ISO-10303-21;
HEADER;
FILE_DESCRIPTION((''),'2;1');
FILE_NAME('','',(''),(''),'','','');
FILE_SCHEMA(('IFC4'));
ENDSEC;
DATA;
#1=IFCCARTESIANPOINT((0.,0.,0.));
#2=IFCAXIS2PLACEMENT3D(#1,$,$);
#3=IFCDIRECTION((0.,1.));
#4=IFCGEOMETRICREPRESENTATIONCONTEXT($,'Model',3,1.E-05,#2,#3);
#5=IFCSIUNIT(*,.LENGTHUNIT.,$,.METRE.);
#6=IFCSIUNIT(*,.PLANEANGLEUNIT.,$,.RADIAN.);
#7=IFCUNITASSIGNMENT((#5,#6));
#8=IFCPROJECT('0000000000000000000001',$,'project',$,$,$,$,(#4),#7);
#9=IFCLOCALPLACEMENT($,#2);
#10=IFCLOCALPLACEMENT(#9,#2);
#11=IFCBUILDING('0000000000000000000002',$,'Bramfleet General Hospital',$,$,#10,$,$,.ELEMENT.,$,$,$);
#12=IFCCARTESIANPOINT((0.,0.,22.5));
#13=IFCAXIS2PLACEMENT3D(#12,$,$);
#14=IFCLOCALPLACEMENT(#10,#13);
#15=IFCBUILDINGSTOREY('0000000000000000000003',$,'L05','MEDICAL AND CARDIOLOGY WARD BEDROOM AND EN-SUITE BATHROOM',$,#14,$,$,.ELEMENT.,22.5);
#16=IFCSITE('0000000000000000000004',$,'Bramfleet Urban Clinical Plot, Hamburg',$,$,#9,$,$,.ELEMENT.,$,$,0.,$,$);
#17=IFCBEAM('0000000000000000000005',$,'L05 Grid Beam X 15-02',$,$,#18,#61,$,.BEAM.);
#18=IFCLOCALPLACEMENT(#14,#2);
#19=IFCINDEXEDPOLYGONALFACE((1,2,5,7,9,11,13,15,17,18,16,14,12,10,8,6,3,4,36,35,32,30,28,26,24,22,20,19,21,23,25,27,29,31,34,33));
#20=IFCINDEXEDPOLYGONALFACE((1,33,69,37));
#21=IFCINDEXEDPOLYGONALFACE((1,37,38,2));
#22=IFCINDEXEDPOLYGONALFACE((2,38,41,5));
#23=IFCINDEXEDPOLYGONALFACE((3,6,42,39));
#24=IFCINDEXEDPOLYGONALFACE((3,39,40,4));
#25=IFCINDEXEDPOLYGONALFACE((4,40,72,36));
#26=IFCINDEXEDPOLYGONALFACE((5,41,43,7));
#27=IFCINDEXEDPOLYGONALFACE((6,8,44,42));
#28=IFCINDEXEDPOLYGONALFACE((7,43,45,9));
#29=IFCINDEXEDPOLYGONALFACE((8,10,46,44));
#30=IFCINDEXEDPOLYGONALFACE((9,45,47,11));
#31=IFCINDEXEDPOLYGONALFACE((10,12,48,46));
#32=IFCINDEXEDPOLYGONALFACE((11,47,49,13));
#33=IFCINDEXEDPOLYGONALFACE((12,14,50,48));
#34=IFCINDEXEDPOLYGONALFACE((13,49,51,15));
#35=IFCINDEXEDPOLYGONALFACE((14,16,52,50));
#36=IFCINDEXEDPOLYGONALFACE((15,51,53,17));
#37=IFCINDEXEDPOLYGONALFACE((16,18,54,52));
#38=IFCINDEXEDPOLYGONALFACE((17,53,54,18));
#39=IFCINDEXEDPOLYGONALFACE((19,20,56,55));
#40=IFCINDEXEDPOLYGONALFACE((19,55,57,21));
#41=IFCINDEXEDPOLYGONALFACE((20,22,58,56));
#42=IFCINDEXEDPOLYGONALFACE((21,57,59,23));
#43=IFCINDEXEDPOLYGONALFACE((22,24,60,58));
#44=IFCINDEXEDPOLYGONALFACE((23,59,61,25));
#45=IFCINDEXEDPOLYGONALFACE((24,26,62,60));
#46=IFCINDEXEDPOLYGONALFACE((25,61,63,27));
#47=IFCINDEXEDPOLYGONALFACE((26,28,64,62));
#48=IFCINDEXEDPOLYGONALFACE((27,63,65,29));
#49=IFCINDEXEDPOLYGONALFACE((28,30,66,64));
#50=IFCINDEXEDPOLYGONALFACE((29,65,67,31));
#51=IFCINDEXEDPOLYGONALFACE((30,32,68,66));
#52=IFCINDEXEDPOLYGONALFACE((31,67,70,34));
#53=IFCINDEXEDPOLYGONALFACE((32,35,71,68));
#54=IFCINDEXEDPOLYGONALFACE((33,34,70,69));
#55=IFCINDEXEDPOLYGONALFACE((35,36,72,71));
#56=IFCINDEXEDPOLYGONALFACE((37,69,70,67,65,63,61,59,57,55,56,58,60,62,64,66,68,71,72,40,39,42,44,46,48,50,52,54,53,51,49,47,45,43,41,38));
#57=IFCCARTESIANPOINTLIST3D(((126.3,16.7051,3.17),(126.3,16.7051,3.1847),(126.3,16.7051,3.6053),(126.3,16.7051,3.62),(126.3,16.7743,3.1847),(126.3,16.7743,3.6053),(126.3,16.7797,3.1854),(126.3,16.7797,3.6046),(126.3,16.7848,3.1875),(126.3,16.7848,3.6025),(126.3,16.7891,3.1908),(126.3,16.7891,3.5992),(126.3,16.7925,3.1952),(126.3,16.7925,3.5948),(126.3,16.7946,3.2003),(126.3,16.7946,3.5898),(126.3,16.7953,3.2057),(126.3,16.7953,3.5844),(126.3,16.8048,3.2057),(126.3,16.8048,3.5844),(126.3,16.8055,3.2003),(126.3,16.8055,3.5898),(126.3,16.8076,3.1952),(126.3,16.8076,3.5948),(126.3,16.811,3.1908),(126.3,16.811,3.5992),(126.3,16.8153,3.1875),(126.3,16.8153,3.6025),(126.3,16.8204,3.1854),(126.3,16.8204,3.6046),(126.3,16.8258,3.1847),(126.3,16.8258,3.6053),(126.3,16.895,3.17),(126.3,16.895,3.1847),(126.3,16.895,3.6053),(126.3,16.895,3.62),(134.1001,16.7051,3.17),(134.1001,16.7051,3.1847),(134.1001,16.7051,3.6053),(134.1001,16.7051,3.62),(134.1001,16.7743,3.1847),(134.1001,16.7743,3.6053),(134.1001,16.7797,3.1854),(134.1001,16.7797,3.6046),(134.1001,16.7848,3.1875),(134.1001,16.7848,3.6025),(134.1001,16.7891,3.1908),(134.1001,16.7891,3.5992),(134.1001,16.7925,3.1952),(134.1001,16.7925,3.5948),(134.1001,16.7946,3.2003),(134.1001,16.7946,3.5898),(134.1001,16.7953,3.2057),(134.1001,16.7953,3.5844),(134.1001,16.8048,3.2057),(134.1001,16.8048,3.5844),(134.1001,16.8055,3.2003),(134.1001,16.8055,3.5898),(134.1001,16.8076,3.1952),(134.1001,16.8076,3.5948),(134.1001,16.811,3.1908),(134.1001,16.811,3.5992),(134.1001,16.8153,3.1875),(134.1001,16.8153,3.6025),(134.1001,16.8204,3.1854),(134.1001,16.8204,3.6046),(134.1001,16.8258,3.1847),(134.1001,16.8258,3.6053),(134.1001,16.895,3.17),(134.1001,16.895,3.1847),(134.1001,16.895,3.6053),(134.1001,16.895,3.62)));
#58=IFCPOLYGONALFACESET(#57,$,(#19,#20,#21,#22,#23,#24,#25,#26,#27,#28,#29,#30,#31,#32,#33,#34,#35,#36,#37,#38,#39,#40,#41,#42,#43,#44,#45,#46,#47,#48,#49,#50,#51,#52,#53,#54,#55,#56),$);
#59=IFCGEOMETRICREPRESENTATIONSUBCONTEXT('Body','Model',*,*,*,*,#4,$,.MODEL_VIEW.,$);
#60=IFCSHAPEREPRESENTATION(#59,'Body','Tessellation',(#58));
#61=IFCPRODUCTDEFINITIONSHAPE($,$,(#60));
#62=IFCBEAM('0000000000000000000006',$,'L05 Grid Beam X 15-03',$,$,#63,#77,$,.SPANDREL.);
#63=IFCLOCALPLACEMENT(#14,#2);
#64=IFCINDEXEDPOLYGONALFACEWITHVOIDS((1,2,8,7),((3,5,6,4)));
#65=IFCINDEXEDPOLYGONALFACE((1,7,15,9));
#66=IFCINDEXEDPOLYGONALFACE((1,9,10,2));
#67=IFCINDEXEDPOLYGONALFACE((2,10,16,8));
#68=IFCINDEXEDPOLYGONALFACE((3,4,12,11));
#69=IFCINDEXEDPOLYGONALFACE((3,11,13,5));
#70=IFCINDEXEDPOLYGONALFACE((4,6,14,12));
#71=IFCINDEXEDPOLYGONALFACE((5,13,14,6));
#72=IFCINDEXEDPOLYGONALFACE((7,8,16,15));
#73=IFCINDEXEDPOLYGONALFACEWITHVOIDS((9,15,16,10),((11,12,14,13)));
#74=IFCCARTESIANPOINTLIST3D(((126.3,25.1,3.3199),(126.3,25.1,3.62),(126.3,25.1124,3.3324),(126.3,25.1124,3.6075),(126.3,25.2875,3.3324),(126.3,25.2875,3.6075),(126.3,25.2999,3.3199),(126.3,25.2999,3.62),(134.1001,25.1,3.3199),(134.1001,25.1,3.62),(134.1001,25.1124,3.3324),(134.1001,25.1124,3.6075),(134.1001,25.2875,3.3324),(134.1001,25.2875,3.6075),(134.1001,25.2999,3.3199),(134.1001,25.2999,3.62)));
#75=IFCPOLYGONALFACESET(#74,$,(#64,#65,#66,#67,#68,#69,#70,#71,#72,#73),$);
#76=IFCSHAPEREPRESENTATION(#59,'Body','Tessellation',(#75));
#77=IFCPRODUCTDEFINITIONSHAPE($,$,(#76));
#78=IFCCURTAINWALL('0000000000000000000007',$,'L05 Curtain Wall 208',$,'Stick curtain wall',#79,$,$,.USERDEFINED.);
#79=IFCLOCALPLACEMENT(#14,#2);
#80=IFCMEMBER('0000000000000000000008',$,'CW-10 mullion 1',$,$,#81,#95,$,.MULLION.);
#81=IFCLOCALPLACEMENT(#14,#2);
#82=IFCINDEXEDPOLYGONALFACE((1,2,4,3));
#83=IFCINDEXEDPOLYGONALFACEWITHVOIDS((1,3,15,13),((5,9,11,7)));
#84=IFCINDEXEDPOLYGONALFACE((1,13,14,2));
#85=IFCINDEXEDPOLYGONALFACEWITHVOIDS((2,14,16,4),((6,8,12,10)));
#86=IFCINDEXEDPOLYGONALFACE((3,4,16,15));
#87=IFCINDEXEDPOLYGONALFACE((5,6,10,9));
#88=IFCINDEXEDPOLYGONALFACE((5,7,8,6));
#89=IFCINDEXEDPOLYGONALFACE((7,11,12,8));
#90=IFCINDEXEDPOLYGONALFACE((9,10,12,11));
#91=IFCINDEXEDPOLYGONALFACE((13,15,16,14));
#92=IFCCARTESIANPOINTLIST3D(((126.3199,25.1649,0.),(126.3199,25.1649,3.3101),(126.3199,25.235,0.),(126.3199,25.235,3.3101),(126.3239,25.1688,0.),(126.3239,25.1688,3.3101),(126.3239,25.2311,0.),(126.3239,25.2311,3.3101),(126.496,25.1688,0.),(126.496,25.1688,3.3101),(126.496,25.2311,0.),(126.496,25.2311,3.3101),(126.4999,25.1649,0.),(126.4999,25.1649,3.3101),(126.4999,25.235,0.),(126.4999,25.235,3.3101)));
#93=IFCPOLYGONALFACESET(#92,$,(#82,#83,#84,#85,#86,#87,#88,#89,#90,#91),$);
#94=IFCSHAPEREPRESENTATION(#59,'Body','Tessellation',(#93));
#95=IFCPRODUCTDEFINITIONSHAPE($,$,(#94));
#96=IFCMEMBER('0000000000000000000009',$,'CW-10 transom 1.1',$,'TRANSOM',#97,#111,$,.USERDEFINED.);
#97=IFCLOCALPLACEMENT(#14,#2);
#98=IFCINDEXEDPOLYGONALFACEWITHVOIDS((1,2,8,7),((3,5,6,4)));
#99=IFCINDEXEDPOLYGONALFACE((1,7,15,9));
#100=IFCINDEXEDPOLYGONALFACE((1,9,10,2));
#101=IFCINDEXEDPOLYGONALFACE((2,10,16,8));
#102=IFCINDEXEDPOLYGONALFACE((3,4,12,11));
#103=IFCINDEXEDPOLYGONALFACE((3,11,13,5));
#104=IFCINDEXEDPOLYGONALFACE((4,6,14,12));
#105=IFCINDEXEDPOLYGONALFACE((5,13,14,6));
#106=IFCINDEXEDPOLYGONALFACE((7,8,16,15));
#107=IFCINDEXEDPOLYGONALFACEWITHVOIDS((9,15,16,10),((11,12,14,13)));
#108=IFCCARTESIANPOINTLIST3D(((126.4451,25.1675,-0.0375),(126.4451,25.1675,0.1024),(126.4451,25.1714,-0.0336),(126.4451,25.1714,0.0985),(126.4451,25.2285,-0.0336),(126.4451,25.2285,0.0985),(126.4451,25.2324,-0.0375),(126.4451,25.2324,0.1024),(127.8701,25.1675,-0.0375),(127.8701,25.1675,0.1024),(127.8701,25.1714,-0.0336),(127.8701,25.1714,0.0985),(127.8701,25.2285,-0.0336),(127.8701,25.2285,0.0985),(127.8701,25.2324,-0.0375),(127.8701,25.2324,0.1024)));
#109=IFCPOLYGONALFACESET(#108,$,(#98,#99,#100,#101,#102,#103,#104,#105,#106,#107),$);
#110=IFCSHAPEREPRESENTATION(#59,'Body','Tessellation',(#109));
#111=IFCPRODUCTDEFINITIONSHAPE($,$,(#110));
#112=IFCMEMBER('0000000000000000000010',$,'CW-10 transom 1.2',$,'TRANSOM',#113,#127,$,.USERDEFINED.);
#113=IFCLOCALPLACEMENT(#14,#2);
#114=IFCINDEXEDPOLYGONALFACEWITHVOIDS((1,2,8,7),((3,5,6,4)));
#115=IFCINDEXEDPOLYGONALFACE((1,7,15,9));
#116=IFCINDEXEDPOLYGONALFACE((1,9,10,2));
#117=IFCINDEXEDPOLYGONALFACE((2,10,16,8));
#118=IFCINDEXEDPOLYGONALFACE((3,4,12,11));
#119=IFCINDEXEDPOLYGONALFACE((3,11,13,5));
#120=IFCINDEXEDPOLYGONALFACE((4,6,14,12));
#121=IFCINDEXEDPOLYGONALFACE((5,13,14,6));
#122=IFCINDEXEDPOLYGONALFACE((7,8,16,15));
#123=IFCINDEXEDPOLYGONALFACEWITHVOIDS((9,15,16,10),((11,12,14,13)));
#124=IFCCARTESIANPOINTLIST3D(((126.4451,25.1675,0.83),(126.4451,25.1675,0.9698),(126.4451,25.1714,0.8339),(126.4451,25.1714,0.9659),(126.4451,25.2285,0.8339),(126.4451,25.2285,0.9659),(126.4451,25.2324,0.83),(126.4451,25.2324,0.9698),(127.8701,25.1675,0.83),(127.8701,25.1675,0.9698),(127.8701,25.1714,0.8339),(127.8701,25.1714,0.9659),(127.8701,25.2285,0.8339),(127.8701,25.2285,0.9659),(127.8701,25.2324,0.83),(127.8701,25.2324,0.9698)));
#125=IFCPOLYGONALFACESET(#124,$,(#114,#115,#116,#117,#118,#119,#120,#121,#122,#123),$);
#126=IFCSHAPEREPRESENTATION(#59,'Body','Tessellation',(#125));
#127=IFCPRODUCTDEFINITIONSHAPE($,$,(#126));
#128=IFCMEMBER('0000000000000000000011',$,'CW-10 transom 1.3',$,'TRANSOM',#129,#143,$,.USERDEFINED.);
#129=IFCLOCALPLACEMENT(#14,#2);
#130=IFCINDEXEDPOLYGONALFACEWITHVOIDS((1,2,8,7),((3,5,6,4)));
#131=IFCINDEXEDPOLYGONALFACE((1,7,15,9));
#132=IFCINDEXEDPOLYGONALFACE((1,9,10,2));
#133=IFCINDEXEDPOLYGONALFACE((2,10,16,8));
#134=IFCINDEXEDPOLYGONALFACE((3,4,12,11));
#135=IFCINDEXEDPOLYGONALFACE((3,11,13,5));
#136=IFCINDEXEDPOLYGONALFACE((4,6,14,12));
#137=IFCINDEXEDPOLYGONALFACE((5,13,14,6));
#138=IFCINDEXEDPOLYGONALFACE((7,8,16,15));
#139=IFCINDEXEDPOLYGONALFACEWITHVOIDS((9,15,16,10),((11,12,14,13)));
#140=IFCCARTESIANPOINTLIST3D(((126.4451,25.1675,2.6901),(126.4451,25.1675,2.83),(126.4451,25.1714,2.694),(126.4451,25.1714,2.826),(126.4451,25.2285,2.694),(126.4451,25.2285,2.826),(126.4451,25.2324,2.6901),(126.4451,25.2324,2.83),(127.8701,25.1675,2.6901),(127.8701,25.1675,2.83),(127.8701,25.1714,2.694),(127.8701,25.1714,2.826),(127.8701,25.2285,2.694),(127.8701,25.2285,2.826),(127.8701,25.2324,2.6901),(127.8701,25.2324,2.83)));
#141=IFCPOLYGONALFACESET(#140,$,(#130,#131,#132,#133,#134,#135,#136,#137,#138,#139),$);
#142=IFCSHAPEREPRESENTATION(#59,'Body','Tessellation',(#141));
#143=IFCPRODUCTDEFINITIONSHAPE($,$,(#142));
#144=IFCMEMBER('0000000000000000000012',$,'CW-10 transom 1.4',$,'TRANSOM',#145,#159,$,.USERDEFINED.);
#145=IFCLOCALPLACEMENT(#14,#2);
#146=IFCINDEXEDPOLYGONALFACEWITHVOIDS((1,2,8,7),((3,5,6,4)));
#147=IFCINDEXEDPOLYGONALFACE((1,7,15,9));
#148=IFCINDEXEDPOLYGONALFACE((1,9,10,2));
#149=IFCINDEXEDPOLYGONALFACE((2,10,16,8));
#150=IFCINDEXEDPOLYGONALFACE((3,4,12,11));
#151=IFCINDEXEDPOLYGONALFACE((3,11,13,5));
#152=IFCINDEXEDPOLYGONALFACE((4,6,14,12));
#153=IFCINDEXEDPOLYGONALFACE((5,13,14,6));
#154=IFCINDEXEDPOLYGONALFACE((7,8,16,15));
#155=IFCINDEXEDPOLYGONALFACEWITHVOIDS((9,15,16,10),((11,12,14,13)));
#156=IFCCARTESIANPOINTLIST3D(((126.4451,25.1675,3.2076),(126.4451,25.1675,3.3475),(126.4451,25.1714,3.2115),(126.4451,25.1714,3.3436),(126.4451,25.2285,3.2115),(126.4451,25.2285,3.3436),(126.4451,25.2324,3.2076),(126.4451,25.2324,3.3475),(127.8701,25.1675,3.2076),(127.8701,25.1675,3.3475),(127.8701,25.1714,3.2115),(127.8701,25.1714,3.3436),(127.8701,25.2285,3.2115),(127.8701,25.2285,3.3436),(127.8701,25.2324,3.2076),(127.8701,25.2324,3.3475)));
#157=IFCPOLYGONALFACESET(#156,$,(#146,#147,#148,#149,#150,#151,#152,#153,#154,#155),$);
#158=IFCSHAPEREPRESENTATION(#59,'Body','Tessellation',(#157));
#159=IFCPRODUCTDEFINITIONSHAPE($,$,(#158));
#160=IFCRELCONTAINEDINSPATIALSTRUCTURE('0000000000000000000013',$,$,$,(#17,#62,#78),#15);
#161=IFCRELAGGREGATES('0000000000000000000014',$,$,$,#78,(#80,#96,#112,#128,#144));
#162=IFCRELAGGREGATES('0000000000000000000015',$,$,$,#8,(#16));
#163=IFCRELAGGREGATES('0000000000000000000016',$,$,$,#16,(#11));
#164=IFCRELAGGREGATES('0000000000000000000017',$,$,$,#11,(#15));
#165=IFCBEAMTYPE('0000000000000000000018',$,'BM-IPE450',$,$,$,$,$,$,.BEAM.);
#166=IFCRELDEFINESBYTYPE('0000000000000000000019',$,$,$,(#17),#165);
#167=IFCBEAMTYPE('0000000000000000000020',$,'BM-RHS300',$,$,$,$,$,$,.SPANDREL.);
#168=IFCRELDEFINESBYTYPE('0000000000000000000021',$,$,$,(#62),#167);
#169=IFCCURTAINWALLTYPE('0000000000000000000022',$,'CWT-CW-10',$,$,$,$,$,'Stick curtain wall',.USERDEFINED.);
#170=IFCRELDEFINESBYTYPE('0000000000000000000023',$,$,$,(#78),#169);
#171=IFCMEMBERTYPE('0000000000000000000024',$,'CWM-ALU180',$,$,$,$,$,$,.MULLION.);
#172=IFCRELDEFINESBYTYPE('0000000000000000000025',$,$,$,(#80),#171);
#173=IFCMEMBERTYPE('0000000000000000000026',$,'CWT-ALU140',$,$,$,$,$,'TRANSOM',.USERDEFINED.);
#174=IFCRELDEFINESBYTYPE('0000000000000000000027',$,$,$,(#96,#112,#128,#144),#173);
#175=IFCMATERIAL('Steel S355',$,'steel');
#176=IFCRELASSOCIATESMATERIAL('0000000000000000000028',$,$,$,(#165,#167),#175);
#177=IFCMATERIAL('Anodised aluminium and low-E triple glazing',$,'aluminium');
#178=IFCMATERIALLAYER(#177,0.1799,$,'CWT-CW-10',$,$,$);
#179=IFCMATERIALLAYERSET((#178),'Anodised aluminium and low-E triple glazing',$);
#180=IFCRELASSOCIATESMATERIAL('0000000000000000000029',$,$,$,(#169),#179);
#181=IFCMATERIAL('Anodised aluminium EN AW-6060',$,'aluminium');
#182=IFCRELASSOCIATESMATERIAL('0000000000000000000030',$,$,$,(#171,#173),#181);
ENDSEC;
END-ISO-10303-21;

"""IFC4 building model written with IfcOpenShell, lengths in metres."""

from ifc_helpers import new_model, si_unit, direction, frame, origin, origin_2d, place, context, subcontext, project, spatial, hollow_rectangle, i_section, extrude, material, layer, layer_set, material_profile, profile_set, type_object, element, aggregate, save


model = new_model("IFC4")

# Units and contexts
model_context = context("Model", 3, precision=1e-05, world=origin(), true_north=direction((0.0, 1.0)))
body_context = subcontext(model_context, "Body", "Model", "MODEL_VIEW")
ifc_project = project(units=[si_unit("LENGTHUNIT", "METRE"), si_unit("PLANEANGLEUNIT", "RADIAN")], contexts=[model_context])

# Site, building, storey
site_placement = place(None, origin())
site = spatial("IfcSite", under=ifc_project, at=site_placement, Name="Bramfleet Urban Clinical Plot, Hamburg", CompositionType="ELEMENT", RefElevation=0.0)
building_placement = place(site_placement, origin())
building = spatial("IfcBuilding", under=site, at=building_placement, Name="Bramfleet General Hospital", CompositionType="ELEMENT")
storey_placement = place(building_placement, frame((0.0, 0.0, 22.5)))
storey = spatial("IfcBuildingStorey", under=building, at=storey_placement, Name="L05", Description="MEDICAL AND CARDIOLOGY WARD BEDROOM AND EN-SUITE BATHROOM", CompositionType="ELEMENT", Elevation=22.5)

# Beams
ifc_material_1 = material(Name="Steel S355", Category="steel")
ifc_material_profile_1 = material_profile(ifc_material_1, i_section(OverallWidth=0.1899, OverallDepth=0.45, WebThickness=0.0095, FlangeThickness=0.0146, FilletRadius=0.021, at=origin_2d()), Name="IPE 450")
ifc_profile_set_1 = profile_set([ifc_material_profile_1], Name="Steel S355")
beam_type_1 = type_object("IfcBeamType", Name="BM-IPE450", PredefinedType="BEAM", material=ifc_profile_set_1)
beam_1_placement = place(storey_placement, frame((126.3, 16.8, 3.395), z_axis=(1.0, 0.0, 0.0), x_axis=(0.0, 1.0, 0.0)))
element("IfcBeam", 1, at=beam_1_placement, inside=storey, type_object=beam_type_1, Name="L05 Grid Beam X 15-02", PredefinedType="BEAM", context=body_context, shape_type="SweptSolid", body=[
    extrude(i_section(OverallWidth=0.1899, OverallDepth=0.45, WebThickness=0.0095, FlangeThickness=0.0146, FilletRadius=0.021, at=origin_2d()), origin(), (0.0, 0.0, 1.0), 7.8),
])
ifc_material_profile_2 = material_profile(ifc_material_1, hollow_rectangle(XDim=0.2, YDim=0.3, WallThickness=0.0125, at=origin_2d()), Name="RHS 300x200x12.5")
ifc_profile_set_2 = profile_set([ifc_material_profile_2], Name="Steel S355")
beam_type_2 = type_object("IfcBeamType", Name="BM-RHS300", PredefinedType="SPANDREL", material=ifc_profile_set_2)
beam_2_placement = place(storey_placement, frame((126.3, 25.2, 3.47), z_axis=(1.0, 0.0, 0.0), x_axis=(0.0, 1.0, 0.0)))
element("IfcBeam", 2, at=beam_2_placement, inside=storey, type_object=beam_type_2, Name="L05 Grid Beam X 15-03", PredefinedType="SPANDREL", context=body_context, shape_type="SweptSolid", body=[
    extrude(hollow_rectangle(XDim=0.2, YDim=0.3, WallThickness=0.0125, at=origin_2d()), origin(), (0.0, 0.0, 1.0), 7.8),
])

# Curtain wall, members
ifc_material_2 = material(Name="Anodised aluminium and low-E triple glazing", Category="aluminium")
ifc_layer_1 = layer(ifc_material_2, 0.1799, Name="CWT-CW-10")
ifc_layer_set_1 = layer_set([ifc_layer_1], Name="Anodised aluminium and low-E triple glazing")
curtain_wall_type = type_object("IfcCurtainWallType", Name="CWT-CW-10", ElementType="Stick curtain wall", PredefinedType="USERDEFINED", material=ifc_layer_set_1)
curtain_wall_placement = place(storey_placement, origin())
curtain_wall = element("IfcCurtainWall", 3, at=curtain_wall_placement, inside=storey, type_object=curtain_wall_type, Name="L05 Curtain Wall 208", ObjectType="Stick curtain wall", PredefinedType="USERDEFINED")
ifc_material_3 = material(Name="Anodised aluminium EN AW-6060", Category="aluminium")
ifc_material_profile_3 = material_profile(ifc_material_3, hollow_rectangle(XDim=0.0701, YDim=0.1799, WallThickness=0.0039, at=origin_2d()), Name="ALU 180x70x4.0")
ifc_profile_set_3 = profile_set([ifc_material_profile_3], Name="Anodised aluminium EN AW-6060")
member_type_1 = type_object("IfcMemberType", Name="CWM-ALU180", PredefinedType="MULLION", material=ifc_profile_set_3)
member_1_placement = place(storey_placement, frame((126.4099, 25.2, 0.0), z_axis=(0.0, 0.0, 1.0), x_axis=(0.0, 1.0, 0.0)))
member_1 = element("IfcMember", 4, at=member_1_placement, type_object=member_type_1, Name="CW-10 mullion 1", PredefinedType="MULLION", context=body_context, shape_type="SweptSolid", body=[
    extrude(hollow_rectangle(XDim=0.0701, YDim=0.1799, WallThickness=0.0039, at=origin_2d()), origin(), (0.0, 0.0, 1.0), 3.3101),
])
ifc_material_profile_4 = material_profile(ifc_material_3, hollow_rectangle(XDim=0.0649, YDim=0.1399, WallThickness=0.0039, at=origin_2d()), Name="ALU 140x65x4.0")
ifc_profile_set_4 = profile_set([ifc_material_profile_4], Name="Anodised aluminium EN AW-6060")
member_type_2 = type_object("IfcMemberType", Name="CWT-ALU140", ElementType="TRANSOM", PredefinedType="USERDEFINED", material=ifc_profile_set_4)
member_2_placement = place(storey_placement, frame((126.4451, 25.2, 0.0325), z_axis=(1.0, 0.0, 0.0), x_axis=(0.0, 1.0, 0.0)))
member_2 = element("IfcMember", 5, at=member_2_placement, type_object=member_type_2, Name="CW-10 transom 1.1", ObjectType="TRANSOM", PredefinedType="USERDEFINED", context=body_context, shape_type="SweptSolid", body=[
    extrude(hollow_rectangle(XDim=0.0649, YDim=0.1399, WallThickness=0.0039, at=origin_2d()), origin(), (0.0, 0.0, 1.0), 1.425),
])
member_3_placement = place(storey_placement, frame((126.4451, 25.2, 0.8999), z_axis=(1.0, 0.0, 0.0), x_axis=(0.0, 1.0, 0.0)))
member_3 = element("IfcMember", 6, at=member_3_placement, type_object=member_type_2, Name="CW-10 transom 1.2", ObjectType="TRANSOM", PredefinedType="USERDEFINED", context=body_context, shape_type="SweptSolid", body=[
    extrude(hollow_rectangle(XDim=0.0649, YDim=0.1399, WallThickness=0.0039, at=origin_2d()), origin(), (0.0, 0.0, 1.0), 1.425),
])
member_4_placement = place(storey_placement, frame((126.4451, 25.2, 2.76), z_axis=(1.0, 0.0, 0.0), x_axis=(0.0, 1.0, 0.0)))
member_4 = element("IfcMember", 7, at=member_4_placement, type_object=member_type_2, Name="CW-10 transom 1.3", ObjectType="TRANSOM", PredefinedType="USERDEFINED", context=body_context, shape_type="SweptSolid", body=[
    extrude(hollow_rectangle(XDim=0.0649, YDim=0.1399, WallThickness=0.0039, at=origin_2d()), origin(), (0.0, 0.0, 1.0), 1.425),
])
member_5_placement = place(storey_placement, frame((126.4451, 25.2, 3.2776), z_axis=(1.0, 0.0, 0.0), x_axis=(0.0, 1.0, 0.0)))
member_5 = element("IfcMember", 8, at=member_5_placement, type_object=member_type_2, Name="CW-10 transom 1.4", ObjectType="TRANSOM", PredefinedType="USERDEFINED", context=body_context, shape_type="SweptSolid", body=[
    extrude(hollow_rectangle(XDim=0.0649, YDim=0.1399, WallThickness=0.0039, at=origin_2d()), origin(), (0.0, 0.0, 1.0), 1.425),
])
aggregate(curtain_wall, [member_1, member_2, member_3, member_4, member_5])

save(model, "model.ifc")
